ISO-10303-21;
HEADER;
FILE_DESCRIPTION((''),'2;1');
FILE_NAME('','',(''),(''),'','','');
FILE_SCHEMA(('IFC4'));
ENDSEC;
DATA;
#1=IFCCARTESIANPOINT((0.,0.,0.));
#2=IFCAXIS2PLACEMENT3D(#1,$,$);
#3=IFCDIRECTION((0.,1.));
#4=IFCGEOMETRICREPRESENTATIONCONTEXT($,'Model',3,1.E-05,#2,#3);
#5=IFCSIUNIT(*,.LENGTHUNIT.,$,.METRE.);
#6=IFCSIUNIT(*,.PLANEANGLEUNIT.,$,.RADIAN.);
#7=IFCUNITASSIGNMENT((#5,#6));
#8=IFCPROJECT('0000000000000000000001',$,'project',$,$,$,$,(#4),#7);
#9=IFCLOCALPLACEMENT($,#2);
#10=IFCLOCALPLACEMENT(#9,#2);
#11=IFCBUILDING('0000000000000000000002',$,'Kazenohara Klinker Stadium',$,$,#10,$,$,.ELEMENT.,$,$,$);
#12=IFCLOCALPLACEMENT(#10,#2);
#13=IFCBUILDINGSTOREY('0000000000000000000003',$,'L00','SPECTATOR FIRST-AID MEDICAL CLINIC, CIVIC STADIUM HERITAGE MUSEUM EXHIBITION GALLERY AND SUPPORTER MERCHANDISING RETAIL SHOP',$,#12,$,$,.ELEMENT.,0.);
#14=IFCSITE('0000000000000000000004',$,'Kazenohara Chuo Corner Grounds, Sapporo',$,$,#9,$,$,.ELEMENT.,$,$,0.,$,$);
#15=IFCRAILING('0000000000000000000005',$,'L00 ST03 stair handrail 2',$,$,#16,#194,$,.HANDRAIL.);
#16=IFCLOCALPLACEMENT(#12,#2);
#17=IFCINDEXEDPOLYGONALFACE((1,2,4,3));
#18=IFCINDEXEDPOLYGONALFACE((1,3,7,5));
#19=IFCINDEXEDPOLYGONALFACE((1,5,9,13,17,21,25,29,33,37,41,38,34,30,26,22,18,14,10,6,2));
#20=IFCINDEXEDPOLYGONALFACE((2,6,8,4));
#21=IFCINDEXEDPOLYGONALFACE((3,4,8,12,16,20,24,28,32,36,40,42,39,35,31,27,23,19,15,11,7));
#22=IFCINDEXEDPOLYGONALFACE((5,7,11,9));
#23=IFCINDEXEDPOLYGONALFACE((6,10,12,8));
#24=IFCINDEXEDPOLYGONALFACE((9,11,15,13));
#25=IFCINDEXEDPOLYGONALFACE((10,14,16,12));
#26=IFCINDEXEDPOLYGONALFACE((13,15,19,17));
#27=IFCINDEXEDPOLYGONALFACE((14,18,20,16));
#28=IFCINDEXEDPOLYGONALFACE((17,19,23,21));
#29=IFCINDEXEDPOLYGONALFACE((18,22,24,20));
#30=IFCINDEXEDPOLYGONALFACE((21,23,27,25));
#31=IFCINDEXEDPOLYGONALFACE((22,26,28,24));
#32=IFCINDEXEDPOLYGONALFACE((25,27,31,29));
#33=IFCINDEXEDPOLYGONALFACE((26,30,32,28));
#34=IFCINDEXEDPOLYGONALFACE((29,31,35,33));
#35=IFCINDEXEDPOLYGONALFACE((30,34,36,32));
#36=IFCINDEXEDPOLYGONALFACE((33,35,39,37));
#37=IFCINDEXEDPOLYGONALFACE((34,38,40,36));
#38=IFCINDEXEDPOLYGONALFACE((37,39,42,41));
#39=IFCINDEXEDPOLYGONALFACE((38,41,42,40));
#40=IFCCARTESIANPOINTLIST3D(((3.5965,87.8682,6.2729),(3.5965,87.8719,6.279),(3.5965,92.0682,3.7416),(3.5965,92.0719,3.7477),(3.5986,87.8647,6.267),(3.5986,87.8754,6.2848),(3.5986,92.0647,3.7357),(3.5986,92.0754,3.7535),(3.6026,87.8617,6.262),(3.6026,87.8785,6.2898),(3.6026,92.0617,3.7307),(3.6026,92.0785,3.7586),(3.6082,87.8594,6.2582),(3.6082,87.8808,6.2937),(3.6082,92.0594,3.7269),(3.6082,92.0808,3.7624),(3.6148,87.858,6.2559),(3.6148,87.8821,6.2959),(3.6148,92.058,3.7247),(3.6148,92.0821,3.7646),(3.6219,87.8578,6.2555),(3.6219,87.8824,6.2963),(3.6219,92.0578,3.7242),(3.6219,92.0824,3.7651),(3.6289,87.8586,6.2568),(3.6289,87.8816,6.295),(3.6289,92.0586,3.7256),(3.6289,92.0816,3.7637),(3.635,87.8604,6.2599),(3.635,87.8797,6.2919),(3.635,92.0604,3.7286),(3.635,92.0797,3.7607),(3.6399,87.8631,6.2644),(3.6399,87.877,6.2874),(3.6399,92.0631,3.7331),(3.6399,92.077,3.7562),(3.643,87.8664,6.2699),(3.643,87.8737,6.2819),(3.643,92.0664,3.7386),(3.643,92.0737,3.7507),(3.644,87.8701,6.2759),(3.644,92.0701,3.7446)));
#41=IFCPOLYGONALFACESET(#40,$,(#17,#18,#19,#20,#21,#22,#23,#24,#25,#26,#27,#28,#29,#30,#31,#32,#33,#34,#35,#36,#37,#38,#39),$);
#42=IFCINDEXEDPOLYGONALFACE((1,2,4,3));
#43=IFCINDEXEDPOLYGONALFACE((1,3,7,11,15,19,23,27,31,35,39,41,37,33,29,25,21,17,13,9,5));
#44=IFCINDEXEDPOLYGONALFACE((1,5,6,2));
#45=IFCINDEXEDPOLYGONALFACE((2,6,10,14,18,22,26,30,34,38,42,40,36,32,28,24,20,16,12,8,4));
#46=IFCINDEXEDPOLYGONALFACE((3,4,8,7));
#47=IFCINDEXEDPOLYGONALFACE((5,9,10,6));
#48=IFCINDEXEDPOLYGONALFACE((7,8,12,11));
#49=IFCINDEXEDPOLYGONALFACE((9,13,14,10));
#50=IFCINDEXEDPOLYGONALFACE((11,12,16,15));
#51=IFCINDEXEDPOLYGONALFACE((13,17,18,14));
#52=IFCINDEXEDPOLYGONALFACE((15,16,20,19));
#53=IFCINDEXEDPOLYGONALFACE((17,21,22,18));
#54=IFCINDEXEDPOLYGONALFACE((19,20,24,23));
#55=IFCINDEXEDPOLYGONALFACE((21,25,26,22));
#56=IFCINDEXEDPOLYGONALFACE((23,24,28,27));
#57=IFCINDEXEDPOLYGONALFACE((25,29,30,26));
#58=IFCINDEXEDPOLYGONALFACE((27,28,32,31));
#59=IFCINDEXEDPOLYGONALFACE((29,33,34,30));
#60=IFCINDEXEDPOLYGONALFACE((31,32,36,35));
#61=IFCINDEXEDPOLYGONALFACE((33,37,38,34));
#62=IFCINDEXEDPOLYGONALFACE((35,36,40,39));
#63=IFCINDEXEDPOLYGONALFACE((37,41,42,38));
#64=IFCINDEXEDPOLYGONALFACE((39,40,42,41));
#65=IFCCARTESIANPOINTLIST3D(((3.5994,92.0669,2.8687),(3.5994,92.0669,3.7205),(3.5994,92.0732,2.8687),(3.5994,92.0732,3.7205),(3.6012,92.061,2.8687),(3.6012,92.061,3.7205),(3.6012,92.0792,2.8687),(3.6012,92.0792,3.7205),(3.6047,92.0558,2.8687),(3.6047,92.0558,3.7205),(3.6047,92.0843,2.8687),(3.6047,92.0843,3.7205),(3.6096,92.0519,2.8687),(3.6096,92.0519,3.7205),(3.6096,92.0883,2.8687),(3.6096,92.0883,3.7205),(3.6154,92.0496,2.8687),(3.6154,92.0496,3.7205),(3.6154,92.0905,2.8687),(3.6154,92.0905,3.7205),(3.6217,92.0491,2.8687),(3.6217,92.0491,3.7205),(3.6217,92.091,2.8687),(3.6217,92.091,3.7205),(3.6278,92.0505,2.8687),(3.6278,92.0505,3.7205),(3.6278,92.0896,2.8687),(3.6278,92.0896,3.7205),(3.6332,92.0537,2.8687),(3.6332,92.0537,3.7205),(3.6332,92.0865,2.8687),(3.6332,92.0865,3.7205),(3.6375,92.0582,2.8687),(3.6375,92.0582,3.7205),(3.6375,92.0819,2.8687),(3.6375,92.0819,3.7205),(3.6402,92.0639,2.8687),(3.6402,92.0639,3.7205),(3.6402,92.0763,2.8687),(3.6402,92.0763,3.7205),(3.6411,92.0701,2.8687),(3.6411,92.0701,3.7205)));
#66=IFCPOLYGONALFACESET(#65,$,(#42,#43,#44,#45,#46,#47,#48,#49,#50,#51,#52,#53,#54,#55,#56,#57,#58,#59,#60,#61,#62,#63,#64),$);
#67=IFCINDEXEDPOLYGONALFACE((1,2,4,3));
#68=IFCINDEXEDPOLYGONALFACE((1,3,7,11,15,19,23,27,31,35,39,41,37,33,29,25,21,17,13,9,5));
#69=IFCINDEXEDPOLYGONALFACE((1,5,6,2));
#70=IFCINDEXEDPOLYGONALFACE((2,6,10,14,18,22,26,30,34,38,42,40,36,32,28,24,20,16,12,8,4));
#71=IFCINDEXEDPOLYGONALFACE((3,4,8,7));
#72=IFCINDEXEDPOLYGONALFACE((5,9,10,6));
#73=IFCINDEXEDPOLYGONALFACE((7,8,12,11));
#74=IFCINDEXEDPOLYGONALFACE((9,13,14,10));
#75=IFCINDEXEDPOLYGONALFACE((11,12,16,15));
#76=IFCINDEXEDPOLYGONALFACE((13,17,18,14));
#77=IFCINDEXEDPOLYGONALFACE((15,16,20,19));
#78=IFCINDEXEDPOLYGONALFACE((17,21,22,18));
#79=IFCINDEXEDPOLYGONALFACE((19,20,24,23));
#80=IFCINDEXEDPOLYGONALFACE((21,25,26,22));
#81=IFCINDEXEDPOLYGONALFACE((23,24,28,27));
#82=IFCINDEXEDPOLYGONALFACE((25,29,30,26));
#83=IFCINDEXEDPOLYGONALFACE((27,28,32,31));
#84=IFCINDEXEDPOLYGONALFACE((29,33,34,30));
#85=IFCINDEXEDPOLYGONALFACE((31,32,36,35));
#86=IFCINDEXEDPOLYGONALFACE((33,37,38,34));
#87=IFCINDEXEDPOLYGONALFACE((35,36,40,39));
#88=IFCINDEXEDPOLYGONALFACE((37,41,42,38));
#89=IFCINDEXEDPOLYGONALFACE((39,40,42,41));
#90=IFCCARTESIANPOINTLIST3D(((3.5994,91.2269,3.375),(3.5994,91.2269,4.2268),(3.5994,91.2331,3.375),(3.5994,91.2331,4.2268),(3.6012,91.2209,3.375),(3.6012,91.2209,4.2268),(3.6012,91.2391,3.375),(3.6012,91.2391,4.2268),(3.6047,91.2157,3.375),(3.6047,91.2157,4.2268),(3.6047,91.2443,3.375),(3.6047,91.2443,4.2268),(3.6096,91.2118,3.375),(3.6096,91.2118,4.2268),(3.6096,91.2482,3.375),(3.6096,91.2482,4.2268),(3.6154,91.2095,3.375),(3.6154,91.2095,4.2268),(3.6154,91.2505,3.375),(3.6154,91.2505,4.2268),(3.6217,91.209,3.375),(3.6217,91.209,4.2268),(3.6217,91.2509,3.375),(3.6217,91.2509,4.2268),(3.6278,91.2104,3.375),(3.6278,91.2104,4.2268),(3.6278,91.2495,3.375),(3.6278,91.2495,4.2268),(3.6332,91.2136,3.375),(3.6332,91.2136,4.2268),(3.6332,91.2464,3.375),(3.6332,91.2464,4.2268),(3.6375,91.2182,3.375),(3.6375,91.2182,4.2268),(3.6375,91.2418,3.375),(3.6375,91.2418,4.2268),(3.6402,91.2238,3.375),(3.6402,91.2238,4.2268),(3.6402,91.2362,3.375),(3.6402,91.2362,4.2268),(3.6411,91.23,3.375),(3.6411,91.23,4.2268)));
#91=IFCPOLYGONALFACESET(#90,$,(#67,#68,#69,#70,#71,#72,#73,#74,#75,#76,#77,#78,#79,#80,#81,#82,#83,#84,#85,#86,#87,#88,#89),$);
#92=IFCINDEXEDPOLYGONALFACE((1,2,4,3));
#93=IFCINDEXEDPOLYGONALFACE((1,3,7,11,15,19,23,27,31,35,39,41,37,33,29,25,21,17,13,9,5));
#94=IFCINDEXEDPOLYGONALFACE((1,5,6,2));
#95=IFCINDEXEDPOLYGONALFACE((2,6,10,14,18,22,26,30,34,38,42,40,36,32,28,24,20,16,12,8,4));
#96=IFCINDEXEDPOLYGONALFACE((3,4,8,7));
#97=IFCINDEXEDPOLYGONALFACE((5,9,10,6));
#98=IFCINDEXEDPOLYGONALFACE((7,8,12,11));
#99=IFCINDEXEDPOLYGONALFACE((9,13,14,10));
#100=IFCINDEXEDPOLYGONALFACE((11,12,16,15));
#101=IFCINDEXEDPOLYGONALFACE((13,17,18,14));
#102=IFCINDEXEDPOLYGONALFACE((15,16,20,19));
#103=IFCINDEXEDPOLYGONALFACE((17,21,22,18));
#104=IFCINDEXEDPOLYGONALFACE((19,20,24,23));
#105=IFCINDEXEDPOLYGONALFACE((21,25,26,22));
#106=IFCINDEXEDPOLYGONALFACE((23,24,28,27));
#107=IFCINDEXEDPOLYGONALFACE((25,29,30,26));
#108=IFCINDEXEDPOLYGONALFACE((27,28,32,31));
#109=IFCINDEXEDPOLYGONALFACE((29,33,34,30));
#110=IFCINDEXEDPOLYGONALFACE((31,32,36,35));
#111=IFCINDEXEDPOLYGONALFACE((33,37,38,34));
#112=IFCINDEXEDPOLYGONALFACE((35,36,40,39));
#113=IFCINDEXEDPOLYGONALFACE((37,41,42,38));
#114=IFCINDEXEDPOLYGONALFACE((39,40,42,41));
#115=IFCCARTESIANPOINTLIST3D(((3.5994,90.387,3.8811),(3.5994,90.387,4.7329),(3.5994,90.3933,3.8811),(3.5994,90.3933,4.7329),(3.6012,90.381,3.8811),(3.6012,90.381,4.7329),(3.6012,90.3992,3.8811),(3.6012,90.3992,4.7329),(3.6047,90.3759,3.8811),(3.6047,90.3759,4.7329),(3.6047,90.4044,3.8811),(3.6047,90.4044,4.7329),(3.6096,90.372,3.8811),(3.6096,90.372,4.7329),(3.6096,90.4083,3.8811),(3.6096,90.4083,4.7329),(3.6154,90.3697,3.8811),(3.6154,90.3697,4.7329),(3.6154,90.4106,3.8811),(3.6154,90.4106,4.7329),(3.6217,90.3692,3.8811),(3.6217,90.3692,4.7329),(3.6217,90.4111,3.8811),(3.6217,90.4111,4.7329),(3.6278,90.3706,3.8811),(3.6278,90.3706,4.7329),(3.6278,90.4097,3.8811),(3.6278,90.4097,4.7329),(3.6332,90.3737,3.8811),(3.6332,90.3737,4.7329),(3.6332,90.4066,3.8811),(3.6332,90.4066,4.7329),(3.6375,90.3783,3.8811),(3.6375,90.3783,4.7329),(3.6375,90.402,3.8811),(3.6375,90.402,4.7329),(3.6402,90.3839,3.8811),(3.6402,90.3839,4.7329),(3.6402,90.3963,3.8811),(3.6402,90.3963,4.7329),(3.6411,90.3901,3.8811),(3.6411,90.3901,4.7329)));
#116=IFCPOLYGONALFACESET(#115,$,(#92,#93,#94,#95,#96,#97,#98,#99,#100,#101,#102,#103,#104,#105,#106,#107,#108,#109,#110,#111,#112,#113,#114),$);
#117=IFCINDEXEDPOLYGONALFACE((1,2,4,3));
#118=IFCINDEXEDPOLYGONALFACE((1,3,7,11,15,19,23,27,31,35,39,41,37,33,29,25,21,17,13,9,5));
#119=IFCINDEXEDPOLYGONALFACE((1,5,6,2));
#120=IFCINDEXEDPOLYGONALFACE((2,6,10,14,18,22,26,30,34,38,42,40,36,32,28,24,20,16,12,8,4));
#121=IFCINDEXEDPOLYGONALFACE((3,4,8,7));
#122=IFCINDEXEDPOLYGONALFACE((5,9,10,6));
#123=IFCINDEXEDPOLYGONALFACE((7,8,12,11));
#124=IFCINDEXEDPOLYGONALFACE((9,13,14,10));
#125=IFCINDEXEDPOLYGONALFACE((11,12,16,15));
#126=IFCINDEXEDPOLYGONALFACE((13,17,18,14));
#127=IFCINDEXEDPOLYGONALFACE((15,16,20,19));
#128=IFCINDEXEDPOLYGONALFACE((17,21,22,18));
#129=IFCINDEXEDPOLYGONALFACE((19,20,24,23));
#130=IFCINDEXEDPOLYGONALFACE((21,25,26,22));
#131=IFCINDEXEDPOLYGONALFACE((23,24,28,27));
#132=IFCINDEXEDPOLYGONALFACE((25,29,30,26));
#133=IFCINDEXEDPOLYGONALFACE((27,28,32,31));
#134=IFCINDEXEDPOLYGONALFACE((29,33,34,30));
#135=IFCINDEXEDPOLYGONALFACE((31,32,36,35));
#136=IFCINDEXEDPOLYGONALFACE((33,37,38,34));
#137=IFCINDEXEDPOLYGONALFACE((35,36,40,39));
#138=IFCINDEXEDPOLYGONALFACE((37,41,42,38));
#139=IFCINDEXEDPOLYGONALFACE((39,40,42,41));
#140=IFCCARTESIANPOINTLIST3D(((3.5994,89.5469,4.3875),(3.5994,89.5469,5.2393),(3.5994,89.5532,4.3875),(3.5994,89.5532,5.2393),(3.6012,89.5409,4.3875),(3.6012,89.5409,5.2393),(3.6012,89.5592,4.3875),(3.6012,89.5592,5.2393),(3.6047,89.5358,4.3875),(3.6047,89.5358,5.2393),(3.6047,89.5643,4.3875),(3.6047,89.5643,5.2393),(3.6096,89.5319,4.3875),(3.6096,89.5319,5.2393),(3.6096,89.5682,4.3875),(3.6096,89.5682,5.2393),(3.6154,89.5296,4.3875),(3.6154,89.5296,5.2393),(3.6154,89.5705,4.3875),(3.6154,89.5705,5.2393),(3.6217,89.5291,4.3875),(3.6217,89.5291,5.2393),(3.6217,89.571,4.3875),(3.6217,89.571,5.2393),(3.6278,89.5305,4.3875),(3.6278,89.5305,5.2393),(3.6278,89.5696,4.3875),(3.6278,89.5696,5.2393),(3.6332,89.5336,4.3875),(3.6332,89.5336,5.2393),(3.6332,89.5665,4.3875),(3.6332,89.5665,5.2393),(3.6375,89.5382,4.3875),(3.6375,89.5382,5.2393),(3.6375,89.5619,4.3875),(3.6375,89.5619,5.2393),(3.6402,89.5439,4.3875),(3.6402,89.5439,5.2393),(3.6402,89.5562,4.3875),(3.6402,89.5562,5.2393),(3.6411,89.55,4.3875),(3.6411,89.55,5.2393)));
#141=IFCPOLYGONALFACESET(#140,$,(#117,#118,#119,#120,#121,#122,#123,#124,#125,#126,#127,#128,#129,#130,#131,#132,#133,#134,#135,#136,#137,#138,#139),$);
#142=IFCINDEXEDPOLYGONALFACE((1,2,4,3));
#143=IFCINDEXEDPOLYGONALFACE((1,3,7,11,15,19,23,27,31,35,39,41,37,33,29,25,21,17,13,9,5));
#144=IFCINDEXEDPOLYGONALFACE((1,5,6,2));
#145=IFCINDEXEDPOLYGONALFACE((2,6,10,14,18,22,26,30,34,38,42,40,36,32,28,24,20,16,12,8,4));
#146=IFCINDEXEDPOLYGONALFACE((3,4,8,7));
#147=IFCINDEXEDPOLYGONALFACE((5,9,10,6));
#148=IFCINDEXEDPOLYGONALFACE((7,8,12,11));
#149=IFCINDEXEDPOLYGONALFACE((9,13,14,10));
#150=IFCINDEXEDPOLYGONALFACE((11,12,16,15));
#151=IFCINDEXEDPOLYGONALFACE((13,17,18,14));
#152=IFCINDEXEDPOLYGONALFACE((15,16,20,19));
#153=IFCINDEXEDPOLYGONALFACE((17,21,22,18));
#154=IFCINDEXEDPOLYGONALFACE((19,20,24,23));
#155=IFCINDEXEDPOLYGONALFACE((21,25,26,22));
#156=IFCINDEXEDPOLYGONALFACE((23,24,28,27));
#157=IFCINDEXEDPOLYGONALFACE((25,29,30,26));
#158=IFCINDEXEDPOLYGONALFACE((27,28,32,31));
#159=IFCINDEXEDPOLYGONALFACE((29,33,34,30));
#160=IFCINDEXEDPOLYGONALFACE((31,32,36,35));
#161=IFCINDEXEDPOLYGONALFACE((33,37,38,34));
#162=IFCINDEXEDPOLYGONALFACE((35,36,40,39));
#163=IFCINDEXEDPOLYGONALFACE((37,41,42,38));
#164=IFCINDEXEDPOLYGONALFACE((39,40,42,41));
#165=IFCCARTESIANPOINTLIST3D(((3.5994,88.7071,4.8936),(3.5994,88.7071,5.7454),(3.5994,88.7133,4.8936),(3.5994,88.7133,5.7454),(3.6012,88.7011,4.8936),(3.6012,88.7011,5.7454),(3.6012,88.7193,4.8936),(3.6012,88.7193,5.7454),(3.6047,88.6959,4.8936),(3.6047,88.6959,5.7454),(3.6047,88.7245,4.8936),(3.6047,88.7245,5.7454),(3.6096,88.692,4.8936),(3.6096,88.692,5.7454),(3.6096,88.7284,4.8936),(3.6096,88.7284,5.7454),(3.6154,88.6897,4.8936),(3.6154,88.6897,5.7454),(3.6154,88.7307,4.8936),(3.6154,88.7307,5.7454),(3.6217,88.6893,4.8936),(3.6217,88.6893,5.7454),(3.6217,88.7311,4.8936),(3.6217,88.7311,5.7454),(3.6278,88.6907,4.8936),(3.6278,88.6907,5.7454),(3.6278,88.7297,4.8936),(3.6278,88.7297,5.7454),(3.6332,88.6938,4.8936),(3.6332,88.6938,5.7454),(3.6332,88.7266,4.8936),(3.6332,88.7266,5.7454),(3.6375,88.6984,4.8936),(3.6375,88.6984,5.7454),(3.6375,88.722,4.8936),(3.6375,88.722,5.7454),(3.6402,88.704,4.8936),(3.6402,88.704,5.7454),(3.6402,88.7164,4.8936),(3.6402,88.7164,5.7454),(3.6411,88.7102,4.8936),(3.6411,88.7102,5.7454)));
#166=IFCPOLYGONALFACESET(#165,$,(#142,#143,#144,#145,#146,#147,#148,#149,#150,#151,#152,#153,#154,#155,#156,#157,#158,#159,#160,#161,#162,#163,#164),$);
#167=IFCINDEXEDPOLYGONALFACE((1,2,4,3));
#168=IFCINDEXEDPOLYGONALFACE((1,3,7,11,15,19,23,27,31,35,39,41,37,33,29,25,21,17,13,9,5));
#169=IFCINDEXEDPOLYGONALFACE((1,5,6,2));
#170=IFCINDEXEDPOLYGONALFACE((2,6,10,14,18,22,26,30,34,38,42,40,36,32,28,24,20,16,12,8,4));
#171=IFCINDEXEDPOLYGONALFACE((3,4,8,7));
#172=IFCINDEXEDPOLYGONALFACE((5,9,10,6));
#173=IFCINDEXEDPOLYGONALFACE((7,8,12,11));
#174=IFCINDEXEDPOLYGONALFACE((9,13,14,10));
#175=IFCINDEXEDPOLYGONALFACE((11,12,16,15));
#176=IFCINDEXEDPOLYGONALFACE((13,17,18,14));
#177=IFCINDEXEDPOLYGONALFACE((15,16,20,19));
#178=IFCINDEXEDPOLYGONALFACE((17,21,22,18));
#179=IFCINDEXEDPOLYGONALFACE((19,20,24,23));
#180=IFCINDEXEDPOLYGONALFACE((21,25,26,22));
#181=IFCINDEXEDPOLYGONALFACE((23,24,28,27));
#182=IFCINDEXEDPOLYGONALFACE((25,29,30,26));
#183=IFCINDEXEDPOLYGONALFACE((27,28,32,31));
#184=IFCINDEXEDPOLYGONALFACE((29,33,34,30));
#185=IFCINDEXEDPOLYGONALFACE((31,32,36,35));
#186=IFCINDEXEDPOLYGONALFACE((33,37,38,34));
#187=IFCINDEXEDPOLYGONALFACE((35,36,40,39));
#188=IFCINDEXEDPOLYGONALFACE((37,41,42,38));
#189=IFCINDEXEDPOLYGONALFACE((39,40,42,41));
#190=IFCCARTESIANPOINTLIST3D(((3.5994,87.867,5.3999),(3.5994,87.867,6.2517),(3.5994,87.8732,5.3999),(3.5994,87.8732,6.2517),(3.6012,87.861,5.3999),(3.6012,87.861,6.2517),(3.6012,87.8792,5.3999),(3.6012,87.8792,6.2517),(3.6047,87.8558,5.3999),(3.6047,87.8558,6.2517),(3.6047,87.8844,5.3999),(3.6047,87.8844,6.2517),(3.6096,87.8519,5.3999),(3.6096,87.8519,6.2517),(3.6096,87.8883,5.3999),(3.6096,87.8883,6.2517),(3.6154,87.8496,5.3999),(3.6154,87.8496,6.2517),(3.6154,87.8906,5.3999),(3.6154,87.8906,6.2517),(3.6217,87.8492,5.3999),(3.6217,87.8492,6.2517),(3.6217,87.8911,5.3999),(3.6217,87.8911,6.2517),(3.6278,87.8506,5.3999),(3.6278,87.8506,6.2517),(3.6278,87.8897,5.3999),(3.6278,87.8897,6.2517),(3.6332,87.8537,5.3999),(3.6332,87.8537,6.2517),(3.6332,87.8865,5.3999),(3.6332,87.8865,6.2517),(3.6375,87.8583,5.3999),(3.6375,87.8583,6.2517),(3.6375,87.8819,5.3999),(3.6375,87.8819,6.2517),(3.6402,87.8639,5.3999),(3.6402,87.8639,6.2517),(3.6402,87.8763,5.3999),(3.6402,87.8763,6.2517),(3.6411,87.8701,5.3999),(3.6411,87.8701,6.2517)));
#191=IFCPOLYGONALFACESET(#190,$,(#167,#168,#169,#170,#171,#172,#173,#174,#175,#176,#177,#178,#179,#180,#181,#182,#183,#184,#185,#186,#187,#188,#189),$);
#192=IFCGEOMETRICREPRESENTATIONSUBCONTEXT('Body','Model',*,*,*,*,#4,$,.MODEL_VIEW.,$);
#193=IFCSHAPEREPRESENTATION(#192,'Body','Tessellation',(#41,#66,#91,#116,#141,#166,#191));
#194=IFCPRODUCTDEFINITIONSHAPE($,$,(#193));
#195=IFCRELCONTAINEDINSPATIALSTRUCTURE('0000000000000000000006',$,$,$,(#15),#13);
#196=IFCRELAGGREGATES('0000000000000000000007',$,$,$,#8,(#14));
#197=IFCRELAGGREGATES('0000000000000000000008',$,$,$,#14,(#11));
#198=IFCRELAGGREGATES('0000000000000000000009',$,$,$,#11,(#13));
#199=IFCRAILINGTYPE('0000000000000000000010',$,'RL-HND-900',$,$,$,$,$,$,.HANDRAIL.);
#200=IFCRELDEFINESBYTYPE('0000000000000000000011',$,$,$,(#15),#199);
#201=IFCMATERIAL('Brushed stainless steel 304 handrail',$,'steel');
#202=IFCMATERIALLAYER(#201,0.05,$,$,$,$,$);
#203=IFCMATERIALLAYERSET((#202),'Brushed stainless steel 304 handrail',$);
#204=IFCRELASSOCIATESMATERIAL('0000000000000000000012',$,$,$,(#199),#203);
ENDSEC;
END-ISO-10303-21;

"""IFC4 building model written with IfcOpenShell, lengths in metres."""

from ifc_helpers import new_model, si_unit, direction, frame, origin, origin_2d, place, context, subcontext, project, spatial, circle, extrude, material, layer, layer_set, type_object, element, save


model = new_model("IFC4")

# Units and contexts
model_context = context("Model", 3, precision=1e-05, world=origin(), true_north=direction((0.0, 1.0)))
body_context = subcontext(model_context, "Body", "Model", "MODEL_VIEW")
ifc_project = project(units=[si_unit("LENGTHUNIT", "METRE"), si_unit("PLANEANGLEUNIT", "RADIAN")], contexts=[model_context])

# Site, building, storey
site_placement = place(None, origin())
site = spatial("IfcSite", under=ifc_project, at=site_placement, Name="Kazenohara Chuo Corner Grounds, Sapporo", CompositionType="ELEMENT", RefElevation=0.0)
building_placement = place(site_placement, origin())
building = spatial("IfcBuilding", under=site, at=building_placement, Name="Kazenohara Klinker Stadium", CompositionType="ELEMENT")
storey_placement = place(building_placement, origin())
storey = spatial("IfcBuildingStorey", under=building, at=storey_placement, Name="L00", Description="SPECTATOR FIRST-AID MEDICAL CLINIC, CIVIC STADIUM HERITAGE MUSEUM EXHIBITION GALLERY AND SUPPORTER MERCHANDISING RETAIL SHOP", CompositionType="ELEMENT", Elevation=0.0)

# Railing
ifc_material_1 = material(Name="Brushed stainless steel 304 handrail", Category="steel")
ifc_layer_1 = layer(ifc_material_1, 0.05)
ifc_layer_set_1 = layer_set([ifc_layer_1], Name="Brushed stainless steel 304 handrail")
railing_type_1 = type_object("IfcRailingType", Name="RL-HND-900", PredefinedType="HANDRAIL", material=ifc_layer_set_1)
for number, where, name in (
    (1, (3.6201, 92.0701, 2.8687), "L00 ST03 stair handrail 2"),
):
    element("IfcRailing", number, at=place(storey_placement, frame(where)), inside=storey, type_object=railing_type_1, Name=name, PredefinedType="HANDRAIL", context=body_context, shape_type="SweptSolid", body=[
        extrude(circle(Radius=0.0239, at=origin_2d()), frame((0.0, 0.0, 0.876), z_axis=(0.0, -0.856476, 0.516186), x_axis=(1.0, 0.0, 0.0)), (0.0, 0.0, 1.0), 4.9038),
        extrude(circle(Radius=0.021, at=origin_2d()), origin(), (0.0, 0.0, 1.0), 0.8518),
        extrude(circle(Radius=0.021, at=origin_2d()), frame((0.0, -0.8401, 0.5063)), (0.0, 0.0, 1.0), 0.8518),
        extrude(circle(Radius=0.021, at=origin_2d()), frame((0.0, -1.6799, 1.0125)), (0.0, 0.0, 1.0), 0.8518),
        extrude(circle(Radius=0.021, at=origin_2d()), frame((0.0, -2.52, 1.5188)), (0.0, 0.0, 1.0), 0.8518),
        extrude(circle(Radius=0.021, at=origin_2d()), frame((0.0, -3.3599, 2.0249)), (0.0, 0.0, 1.0), 0.8518),
        extrude(circle(Radius=0.021, at=origin_2d()), frame((0.0, -4.2, 2.5312)), (0.0, 0.0, 1.0), 0.8518),
    ])

save(model, "model.ifc")
